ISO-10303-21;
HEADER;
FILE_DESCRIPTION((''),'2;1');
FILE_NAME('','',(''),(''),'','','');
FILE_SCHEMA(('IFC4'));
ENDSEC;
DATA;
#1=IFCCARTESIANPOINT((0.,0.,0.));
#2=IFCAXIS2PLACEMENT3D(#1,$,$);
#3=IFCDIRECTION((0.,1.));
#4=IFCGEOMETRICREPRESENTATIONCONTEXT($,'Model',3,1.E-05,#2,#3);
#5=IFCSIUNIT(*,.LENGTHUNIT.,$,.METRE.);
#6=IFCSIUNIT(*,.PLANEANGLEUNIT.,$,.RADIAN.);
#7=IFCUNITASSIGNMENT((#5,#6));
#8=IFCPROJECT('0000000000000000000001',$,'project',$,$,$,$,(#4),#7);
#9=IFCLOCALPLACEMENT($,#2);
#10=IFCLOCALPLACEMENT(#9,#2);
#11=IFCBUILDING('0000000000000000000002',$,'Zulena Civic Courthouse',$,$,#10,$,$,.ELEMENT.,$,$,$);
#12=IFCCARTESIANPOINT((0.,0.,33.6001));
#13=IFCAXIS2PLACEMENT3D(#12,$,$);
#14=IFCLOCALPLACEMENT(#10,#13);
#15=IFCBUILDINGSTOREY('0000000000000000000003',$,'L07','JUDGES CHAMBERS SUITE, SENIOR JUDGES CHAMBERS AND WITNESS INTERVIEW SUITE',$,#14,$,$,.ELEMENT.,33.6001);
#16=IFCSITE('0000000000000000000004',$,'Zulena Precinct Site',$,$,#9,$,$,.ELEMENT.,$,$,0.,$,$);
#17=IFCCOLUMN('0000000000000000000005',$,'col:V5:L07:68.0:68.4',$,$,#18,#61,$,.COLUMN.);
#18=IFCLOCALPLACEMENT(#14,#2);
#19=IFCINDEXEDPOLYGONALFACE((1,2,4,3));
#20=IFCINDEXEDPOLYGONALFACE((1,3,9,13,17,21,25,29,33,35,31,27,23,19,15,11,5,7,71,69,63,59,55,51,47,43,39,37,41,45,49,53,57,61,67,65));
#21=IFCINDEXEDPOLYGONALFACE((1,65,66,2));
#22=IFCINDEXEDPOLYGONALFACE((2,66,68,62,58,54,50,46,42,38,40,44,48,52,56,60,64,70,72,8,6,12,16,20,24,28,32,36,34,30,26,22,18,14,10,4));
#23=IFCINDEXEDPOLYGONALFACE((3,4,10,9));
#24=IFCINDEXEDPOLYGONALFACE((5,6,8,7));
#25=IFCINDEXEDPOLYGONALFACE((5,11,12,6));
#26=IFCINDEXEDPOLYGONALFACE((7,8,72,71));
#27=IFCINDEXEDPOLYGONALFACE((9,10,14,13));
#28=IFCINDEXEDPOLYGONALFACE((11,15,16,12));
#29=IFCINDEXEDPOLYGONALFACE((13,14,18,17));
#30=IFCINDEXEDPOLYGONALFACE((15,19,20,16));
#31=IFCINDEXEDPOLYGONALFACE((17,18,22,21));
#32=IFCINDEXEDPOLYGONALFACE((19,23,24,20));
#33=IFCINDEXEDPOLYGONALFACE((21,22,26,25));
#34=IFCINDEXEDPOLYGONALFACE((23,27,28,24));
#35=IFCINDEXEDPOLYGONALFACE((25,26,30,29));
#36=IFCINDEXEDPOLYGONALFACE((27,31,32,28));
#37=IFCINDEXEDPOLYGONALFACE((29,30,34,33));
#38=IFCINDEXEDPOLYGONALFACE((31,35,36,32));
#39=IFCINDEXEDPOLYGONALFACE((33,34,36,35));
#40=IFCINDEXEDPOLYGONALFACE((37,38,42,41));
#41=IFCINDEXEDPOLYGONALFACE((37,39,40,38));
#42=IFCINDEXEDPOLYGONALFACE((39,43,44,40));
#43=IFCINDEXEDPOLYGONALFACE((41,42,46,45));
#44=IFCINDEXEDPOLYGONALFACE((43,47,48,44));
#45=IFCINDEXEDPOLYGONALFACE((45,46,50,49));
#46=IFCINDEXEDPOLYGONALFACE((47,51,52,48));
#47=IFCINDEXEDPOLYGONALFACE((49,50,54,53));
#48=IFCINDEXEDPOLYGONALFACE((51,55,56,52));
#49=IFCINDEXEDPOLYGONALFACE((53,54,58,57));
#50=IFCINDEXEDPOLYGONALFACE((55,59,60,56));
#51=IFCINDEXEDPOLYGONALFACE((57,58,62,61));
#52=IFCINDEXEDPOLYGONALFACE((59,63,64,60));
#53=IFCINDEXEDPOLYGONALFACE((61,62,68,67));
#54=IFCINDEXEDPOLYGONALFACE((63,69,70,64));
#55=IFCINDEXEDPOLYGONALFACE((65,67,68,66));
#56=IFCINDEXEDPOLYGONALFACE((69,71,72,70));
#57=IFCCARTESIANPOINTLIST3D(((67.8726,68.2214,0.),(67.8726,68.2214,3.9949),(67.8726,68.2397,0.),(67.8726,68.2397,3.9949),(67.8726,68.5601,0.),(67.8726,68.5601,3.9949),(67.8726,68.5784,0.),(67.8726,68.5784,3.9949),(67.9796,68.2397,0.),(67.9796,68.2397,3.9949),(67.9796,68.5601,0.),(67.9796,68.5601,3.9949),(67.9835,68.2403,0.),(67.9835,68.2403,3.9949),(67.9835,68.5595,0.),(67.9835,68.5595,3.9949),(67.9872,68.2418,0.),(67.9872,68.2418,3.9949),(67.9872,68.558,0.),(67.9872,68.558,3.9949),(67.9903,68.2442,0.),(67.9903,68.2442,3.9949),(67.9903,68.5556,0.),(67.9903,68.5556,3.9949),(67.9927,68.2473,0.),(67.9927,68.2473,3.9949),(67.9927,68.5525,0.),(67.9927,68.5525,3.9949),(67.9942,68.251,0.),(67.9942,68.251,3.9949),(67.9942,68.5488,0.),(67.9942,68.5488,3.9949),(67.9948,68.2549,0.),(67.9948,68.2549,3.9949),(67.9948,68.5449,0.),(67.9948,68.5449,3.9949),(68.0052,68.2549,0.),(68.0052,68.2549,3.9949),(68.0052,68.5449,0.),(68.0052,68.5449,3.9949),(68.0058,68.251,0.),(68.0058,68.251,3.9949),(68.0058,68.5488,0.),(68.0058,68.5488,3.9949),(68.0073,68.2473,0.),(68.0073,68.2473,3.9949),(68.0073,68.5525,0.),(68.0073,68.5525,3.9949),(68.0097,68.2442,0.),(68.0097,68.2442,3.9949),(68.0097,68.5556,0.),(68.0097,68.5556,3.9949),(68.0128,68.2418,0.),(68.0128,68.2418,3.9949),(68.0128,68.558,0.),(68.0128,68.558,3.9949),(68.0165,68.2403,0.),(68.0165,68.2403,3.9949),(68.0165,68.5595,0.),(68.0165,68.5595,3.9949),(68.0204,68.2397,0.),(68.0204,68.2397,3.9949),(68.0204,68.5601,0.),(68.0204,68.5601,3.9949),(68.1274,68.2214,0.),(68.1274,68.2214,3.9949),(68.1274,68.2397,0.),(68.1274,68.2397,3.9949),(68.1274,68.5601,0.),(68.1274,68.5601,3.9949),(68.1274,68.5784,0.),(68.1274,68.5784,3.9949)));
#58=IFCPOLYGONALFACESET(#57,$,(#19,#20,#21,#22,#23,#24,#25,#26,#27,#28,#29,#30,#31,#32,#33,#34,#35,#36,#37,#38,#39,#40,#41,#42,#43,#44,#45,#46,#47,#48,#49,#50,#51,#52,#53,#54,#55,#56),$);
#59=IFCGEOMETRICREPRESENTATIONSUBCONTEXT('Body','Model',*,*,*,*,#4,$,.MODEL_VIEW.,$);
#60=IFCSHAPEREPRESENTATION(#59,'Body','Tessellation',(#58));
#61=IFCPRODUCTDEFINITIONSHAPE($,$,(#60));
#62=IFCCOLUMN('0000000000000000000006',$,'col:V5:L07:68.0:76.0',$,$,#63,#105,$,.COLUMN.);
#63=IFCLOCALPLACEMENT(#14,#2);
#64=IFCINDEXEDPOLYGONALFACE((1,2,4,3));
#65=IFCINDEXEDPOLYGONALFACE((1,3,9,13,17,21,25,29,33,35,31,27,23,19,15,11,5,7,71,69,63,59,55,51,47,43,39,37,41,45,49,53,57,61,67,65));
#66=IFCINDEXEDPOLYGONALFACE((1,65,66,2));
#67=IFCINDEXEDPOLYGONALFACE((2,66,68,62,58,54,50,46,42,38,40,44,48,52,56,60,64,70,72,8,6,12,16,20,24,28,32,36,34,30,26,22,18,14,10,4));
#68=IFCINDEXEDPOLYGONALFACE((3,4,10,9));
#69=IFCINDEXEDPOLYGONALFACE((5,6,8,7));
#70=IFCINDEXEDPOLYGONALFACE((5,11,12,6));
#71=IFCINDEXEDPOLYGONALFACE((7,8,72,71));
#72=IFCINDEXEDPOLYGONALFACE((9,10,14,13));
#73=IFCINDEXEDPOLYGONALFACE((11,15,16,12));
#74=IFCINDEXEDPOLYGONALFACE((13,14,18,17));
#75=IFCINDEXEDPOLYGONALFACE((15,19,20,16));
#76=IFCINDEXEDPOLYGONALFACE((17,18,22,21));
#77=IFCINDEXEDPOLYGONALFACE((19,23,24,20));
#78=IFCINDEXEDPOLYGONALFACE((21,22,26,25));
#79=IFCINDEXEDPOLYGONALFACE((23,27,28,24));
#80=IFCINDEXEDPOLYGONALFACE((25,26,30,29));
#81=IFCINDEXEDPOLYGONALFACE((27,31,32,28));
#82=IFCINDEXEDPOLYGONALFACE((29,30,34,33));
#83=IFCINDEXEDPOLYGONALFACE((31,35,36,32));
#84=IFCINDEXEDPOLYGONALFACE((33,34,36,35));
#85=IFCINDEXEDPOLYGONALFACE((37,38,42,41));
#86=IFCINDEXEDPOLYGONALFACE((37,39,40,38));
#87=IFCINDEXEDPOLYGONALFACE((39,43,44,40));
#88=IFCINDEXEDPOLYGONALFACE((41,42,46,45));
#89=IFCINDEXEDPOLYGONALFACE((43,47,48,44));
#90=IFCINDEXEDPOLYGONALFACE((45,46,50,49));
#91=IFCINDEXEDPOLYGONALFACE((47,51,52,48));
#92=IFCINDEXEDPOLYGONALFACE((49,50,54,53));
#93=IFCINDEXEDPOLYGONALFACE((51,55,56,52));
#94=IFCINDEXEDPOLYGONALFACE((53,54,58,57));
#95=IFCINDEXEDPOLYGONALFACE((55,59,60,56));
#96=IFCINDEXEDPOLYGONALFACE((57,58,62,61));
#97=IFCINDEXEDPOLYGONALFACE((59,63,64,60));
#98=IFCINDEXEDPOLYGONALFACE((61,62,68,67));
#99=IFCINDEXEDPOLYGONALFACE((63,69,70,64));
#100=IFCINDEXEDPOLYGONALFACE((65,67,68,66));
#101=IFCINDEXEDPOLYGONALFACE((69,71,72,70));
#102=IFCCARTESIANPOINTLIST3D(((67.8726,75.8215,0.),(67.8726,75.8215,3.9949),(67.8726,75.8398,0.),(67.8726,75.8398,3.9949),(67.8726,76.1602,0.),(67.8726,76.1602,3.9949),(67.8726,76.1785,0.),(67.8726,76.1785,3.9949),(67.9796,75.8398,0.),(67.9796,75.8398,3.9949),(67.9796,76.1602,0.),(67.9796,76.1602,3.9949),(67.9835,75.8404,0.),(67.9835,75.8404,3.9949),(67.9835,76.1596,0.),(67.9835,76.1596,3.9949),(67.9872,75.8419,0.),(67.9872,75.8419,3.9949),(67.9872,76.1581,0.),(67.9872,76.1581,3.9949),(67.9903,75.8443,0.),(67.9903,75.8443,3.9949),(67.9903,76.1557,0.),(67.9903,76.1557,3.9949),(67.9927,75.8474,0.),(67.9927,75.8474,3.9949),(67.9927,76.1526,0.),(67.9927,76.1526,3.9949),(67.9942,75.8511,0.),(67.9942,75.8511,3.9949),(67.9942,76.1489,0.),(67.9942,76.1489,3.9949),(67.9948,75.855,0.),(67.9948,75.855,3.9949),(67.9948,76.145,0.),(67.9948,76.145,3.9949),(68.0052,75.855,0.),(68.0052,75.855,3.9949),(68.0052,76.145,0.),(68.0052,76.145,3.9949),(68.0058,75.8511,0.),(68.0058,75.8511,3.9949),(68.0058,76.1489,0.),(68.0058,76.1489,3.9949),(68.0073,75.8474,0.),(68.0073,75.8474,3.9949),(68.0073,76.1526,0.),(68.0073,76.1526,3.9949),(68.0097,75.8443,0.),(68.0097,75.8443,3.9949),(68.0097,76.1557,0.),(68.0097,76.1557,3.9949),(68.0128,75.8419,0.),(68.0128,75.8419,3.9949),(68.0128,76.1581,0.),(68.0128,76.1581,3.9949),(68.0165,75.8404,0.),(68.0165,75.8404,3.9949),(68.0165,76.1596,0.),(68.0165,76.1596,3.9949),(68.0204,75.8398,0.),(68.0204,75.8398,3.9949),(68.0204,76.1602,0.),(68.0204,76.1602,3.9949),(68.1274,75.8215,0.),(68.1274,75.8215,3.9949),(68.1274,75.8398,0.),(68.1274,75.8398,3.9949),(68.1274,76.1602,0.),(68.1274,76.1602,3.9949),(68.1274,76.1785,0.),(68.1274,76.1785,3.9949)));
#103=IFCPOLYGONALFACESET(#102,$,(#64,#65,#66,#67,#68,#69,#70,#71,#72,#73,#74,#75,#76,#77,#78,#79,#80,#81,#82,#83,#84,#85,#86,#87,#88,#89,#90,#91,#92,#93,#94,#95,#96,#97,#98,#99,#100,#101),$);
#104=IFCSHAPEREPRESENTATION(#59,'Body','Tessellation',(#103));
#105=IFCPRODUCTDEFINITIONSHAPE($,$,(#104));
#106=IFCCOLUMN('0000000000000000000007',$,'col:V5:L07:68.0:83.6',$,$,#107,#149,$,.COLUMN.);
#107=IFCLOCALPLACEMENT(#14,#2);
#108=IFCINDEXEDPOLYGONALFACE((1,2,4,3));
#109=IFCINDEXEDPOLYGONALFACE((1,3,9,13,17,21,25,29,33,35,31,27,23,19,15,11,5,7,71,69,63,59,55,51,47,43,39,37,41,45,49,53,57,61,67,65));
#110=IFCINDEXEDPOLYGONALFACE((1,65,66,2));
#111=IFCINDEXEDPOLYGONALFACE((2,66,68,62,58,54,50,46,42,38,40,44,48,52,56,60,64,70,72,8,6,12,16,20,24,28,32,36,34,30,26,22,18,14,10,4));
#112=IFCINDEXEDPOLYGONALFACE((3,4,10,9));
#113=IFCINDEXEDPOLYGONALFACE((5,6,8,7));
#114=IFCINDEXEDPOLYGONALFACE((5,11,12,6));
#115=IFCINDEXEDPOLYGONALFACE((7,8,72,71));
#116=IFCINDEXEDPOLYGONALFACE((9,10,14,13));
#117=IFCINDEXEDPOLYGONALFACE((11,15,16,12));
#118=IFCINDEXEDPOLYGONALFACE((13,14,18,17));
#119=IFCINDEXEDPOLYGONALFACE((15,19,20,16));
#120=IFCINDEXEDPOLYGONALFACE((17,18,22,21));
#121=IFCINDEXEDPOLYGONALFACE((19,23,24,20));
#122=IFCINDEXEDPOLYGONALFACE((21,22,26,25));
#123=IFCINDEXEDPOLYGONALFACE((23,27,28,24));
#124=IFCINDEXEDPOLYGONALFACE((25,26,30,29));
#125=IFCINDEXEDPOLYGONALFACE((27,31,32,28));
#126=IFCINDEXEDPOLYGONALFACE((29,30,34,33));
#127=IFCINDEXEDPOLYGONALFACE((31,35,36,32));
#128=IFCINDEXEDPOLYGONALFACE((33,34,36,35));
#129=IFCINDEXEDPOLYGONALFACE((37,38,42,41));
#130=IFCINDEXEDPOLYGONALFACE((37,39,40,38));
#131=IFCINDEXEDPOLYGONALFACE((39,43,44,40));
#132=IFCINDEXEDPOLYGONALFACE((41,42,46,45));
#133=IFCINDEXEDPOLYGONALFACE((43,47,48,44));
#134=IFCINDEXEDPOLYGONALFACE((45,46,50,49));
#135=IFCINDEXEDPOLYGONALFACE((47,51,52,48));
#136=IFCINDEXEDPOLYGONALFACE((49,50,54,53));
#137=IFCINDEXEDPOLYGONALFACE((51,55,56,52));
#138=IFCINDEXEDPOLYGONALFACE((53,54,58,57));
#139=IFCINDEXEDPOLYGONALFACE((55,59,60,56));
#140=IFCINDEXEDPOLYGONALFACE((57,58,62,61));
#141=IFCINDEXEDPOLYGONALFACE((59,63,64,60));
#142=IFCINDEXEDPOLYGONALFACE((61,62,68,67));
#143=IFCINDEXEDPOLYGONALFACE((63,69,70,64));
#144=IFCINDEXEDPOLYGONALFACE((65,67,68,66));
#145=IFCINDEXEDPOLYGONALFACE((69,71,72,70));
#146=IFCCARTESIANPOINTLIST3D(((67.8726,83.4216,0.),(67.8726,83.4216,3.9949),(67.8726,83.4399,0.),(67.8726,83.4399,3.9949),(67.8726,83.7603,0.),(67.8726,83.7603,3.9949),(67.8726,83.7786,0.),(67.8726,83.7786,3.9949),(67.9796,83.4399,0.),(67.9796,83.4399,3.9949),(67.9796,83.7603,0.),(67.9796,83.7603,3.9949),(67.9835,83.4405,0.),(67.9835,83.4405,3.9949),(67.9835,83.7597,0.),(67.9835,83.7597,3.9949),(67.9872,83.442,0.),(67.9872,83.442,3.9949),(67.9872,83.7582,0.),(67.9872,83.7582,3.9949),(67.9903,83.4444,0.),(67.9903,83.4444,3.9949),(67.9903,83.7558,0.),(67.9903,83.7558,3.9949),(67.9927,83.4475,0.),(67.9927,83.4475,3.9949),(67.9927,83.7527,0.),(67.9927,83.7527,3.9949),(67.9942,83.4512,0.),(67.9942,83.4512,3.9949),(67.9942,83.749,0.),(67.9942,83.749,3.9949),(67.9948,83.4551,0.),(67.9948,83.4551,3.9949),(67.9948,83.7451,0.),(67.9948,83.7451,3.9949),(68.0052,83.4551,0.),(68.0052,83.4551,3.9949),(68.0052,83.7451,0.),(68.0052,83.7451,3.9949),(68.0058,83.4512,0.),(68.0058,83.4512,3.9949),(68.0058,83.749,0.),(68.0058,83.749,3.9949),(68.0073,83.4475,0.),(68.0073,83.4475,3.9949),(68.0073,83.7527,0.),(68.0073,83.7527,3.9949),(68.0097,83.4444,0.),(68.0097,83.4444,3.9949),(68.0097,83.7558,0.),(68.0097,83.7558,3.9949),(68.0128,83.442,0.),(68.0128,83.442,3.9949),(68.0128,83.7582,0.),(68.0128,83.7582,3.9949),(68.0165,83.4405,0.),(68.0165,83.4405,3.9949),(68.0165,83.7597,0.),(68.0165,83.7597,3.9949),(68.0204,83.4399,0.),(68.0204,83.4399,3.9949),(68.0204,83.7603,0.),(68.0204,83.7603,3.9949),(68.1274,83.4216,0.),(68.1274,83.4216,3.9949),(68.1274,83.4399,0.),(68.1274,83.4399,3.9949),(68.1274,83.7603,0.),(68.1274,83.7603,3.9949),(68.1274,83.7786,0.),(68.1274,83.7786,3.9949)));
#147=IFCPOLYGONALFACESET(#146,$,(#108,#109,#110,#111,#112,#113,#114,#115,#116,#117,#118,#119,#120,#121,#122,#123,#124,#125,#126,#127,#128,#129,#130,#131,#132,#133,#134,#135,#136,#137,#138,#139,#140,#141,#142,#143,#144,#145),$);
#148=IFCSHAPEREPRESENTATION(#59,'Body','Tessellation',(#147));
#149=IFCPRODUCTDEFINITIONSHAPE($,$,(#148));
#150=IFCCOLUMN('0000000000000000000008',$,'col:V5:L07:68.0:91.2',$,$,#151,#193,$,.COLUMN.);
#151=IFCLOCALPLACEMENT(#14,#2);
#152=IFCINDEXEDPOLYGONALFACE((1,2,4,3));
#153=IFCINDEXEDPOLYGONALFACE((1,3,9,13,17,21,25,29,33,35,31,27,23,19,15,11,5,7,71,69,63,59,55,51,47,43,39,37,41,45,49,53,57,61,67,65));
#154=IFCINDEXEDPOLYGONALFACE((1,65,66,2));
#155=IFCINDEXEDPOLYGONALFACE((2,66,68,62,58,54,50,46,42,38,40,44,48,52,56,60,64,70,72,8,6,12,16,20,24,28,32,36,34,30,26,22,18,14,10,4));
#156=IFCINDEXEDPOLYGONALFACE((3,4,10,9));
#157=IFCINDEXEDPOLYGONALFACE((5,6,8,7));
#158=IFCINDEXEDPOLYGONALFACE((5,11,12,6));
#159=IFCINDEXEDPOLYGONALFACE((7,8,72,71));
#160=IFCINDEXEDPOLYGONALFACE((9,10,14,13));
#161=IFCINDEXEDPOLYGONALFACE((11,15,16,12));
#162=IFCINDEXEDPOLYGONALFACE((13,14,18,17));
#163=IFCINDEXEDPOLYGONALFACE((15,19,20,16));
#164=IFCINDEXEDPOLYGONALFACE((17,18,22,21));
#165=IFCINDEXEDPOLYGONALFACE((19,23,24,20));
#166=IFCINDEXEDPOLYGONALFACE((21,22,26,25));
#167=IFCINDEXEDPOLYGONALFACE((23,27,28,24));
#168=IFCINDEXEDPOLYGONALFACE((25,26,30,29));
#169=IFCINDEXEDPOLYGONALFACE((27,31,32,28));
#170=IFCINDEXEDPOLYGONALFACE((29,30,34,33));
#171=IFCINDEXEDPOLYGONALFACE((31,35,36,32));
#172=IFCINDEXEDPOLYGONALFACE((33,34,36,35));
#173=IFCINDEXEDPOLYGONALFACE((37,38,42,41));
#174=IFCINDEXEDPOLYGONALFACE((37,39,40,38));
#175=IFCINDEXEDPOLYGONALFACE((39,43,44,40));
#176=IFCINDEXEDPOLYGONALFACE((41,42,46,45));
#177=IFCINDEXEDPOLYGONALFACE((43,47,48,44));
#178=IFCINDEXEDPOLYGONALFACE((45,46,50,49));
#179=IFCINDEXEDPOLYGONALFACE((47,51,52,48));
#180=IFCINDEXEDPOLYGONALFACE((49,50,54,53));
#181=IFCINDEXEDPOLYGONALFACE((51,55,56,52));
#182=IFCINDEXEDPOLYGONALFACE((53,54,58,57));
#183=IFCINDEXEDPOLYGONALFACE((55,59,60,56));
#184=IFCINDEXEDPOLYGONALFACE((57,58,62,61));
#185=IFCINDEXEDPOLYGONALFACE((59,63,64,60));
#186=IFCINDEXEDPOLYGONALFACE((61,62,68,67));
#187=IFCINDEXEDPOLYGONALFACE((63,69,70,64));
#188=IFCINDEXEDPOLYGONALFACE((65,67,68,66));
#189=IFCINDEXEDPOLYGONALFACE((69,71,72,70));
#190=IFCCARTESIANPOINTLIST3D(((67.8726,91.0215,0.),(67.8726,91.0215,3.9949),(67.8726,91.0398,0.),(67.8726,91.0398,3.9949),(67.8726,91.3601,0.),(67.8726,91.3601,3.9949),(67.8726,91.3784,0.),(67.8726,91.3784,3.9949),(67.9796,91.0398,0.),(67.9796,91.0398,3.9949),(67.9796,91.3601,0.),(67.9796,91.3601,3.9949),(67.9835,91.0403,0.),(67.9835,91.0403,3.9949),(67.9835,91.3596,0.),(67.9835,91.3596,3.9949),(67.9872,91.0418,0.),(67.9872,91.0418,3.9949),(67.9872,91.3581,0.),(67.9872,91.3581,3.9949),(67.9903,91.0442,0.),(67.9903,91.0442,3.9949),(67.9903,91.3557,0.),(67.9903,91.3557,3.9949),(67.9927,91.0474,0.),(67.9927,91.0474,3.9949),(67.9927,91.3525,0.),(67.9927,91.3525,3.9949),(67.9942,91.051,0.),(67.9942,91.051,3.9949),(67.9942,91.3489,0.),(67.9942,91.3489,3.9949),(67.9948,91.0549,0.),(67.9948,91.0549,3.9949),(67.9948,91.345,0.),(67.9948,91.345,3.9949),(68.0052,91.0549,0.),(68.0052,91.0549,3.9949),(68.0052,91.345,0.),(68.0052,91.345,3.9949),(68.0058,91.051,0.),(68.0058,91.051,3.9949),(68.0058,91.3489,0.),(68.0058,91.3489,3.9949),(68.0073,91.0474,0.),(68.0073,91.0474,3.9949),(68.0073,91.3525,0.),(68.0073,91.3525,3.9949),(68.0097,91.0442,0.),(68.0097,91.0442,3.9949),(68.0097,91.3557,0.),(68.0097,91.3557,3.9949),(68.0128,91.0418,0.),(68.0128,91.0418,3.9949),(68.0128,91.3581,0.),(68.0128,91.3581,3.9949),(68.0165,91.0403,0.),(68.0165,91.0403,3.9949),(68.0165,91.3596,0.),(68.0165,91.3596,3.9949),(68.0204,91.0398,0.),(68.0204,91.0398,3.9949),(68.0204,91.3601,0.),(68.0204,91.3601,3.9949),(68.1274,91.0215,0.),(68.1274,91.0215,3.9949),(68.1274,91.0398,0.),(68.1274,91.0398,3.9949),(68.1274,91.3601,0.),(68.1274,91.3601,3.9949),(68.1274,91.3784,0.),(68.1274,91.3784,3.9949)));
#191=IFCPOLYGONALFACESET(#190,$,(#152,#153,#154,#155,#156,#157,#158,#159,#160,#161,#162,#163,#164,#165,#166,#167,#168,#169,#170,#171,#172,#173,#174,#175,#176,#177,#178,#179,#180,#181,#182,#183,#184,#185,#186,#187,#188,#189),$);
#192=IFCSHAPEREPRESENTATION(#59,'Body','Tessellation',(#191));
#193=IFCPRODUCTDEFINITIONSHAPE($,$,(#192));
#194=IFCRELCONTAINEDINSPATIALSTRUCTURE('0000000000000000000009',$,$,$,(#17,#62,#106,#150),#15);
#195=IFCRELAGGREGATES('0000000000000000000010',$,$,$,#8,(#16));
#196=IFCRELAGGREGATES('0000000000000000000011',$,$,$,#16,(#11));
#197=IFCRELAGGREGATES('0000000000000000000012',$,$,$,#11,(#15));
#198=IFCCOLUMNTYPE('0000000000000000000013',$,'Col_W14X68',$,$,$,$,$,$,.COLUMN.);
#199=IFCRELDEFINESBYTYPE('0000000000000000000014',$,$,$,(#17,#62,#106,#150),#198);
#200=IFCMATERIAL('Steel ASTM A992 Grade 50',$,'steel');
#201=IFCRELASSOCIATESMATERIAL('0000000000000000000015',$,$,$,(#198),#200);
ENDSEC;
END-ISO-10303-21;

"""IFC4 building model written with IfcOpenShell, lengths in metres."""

from ifc_helpers import new_model, si_unit, direction, frame, origin, origin_2d, place, context, subcontext, project, spatial, i_section, extrude, material, material_profile, profile_set, type_object, element, save


model = new_model("IFC4")

# Units and contexts
model_context = context("Model", 3, precision=1e-05, world=origin(), true_north=direction((0.0, 1.0)))
body_context = subcontext(model_context, "Body", "Model", "MODEL_VIEW")
ifc_project = project(units=[si_unit("LENGTHUNIT", "METRE"), si_unit("PLANEANGLEUNIT", "RADIAN")], contexts=[model_context])

# Site, building, storey
site_placement = place(None, origin())
site = spatial("IfcSite", under=ifc_project, at=site_placement, Name="Zulena Precinct Site", CompositionType="ELEMENT", RefElevation=0.0)
building_placement = place(site_placement, origin())
building = spatial("IfcBuilding", under=site, at=building_placement, Name="Zulena Civic Courthouse", CompositionType="ELEMENT")
storey_placement = place(building_placement, frame((0.0, 0.0, 33.6001)))
storey = spatial("IfcBuildingStorey", under=building, at=storey_placement, Name="L07", Description="JUDGES CHAMBERS SUITE, SENIOR JUDGES CHAMBERS AND WITNESS INTERVIEW SUITE", CompositionType="ELEMENT", Elevation=33.6001)

# Columns
ifc_material_1 = material(Name="Steel ASTM A992 Grade 50", Category="steel")
ifc_material_profile_1 = material_profile(ifc_material_1, i_section(OverallWidth=0.2549, OverallDepth=0.3569, WebThickness=0.0105, FlangeThickness=0.0183, FilletRadius=0.0151, at=origin_2d()), Name="W14X68")
ifc_profile_set_1 = profile_set([ifc_material_profile_1], Name="Steel ASTM A992 Grade 50")
column_type = type_object("IfcColumnType", Name="Col_W14X68", PredefinedType="COLUMN", material=ifc_profile_set_1)
for number, where, z_axis, x_axis, name in (
    (1, (68.0, 68.3999, 0.0), (0.0, 0.0, 1.0), (1.0, 0.0, 0.0), "col:V5:L07:68.0:68.4"),
    (2, (68.0, 76.0, 0.0), (0.0, 0.0, 1.0), (1.0, 0.0, 0.0), "col:V5:L07:68.0:76.0"),
    (3, (68.0, 83.6001, 0.0), (0.0, 0.0, 1.0), (1.0, 0.0, 0.0), "col:V5:L07:68.0:83.6"),
    (4, (68.0, 91.2, 0.0), (0.0, 0.0, 1.0), (1.0, 0.0, 0.0), "col:V5:L07:68.0:91.2"),
):
    element("IfcColumn", number, at=place(storey_placement, frame(where, z_axis=z_axis, x_axis=x_axis)), inside=storey, type_object=column_type, Name=name, PredefinedType="COLUMN", context=body_context, shape_type="SweptSolid", body=[
        extrude(i_section(OverallWidth=0.2549, OverallDepth=0.3569, WebThickness=0.0105, FlangeThickness=0.0183, FilletRadius=0.0151, at=origin_2d()), origin(), (0.0, 0.0, 1.0), 3.9949),
    ])

save(model, "model.ifc")
